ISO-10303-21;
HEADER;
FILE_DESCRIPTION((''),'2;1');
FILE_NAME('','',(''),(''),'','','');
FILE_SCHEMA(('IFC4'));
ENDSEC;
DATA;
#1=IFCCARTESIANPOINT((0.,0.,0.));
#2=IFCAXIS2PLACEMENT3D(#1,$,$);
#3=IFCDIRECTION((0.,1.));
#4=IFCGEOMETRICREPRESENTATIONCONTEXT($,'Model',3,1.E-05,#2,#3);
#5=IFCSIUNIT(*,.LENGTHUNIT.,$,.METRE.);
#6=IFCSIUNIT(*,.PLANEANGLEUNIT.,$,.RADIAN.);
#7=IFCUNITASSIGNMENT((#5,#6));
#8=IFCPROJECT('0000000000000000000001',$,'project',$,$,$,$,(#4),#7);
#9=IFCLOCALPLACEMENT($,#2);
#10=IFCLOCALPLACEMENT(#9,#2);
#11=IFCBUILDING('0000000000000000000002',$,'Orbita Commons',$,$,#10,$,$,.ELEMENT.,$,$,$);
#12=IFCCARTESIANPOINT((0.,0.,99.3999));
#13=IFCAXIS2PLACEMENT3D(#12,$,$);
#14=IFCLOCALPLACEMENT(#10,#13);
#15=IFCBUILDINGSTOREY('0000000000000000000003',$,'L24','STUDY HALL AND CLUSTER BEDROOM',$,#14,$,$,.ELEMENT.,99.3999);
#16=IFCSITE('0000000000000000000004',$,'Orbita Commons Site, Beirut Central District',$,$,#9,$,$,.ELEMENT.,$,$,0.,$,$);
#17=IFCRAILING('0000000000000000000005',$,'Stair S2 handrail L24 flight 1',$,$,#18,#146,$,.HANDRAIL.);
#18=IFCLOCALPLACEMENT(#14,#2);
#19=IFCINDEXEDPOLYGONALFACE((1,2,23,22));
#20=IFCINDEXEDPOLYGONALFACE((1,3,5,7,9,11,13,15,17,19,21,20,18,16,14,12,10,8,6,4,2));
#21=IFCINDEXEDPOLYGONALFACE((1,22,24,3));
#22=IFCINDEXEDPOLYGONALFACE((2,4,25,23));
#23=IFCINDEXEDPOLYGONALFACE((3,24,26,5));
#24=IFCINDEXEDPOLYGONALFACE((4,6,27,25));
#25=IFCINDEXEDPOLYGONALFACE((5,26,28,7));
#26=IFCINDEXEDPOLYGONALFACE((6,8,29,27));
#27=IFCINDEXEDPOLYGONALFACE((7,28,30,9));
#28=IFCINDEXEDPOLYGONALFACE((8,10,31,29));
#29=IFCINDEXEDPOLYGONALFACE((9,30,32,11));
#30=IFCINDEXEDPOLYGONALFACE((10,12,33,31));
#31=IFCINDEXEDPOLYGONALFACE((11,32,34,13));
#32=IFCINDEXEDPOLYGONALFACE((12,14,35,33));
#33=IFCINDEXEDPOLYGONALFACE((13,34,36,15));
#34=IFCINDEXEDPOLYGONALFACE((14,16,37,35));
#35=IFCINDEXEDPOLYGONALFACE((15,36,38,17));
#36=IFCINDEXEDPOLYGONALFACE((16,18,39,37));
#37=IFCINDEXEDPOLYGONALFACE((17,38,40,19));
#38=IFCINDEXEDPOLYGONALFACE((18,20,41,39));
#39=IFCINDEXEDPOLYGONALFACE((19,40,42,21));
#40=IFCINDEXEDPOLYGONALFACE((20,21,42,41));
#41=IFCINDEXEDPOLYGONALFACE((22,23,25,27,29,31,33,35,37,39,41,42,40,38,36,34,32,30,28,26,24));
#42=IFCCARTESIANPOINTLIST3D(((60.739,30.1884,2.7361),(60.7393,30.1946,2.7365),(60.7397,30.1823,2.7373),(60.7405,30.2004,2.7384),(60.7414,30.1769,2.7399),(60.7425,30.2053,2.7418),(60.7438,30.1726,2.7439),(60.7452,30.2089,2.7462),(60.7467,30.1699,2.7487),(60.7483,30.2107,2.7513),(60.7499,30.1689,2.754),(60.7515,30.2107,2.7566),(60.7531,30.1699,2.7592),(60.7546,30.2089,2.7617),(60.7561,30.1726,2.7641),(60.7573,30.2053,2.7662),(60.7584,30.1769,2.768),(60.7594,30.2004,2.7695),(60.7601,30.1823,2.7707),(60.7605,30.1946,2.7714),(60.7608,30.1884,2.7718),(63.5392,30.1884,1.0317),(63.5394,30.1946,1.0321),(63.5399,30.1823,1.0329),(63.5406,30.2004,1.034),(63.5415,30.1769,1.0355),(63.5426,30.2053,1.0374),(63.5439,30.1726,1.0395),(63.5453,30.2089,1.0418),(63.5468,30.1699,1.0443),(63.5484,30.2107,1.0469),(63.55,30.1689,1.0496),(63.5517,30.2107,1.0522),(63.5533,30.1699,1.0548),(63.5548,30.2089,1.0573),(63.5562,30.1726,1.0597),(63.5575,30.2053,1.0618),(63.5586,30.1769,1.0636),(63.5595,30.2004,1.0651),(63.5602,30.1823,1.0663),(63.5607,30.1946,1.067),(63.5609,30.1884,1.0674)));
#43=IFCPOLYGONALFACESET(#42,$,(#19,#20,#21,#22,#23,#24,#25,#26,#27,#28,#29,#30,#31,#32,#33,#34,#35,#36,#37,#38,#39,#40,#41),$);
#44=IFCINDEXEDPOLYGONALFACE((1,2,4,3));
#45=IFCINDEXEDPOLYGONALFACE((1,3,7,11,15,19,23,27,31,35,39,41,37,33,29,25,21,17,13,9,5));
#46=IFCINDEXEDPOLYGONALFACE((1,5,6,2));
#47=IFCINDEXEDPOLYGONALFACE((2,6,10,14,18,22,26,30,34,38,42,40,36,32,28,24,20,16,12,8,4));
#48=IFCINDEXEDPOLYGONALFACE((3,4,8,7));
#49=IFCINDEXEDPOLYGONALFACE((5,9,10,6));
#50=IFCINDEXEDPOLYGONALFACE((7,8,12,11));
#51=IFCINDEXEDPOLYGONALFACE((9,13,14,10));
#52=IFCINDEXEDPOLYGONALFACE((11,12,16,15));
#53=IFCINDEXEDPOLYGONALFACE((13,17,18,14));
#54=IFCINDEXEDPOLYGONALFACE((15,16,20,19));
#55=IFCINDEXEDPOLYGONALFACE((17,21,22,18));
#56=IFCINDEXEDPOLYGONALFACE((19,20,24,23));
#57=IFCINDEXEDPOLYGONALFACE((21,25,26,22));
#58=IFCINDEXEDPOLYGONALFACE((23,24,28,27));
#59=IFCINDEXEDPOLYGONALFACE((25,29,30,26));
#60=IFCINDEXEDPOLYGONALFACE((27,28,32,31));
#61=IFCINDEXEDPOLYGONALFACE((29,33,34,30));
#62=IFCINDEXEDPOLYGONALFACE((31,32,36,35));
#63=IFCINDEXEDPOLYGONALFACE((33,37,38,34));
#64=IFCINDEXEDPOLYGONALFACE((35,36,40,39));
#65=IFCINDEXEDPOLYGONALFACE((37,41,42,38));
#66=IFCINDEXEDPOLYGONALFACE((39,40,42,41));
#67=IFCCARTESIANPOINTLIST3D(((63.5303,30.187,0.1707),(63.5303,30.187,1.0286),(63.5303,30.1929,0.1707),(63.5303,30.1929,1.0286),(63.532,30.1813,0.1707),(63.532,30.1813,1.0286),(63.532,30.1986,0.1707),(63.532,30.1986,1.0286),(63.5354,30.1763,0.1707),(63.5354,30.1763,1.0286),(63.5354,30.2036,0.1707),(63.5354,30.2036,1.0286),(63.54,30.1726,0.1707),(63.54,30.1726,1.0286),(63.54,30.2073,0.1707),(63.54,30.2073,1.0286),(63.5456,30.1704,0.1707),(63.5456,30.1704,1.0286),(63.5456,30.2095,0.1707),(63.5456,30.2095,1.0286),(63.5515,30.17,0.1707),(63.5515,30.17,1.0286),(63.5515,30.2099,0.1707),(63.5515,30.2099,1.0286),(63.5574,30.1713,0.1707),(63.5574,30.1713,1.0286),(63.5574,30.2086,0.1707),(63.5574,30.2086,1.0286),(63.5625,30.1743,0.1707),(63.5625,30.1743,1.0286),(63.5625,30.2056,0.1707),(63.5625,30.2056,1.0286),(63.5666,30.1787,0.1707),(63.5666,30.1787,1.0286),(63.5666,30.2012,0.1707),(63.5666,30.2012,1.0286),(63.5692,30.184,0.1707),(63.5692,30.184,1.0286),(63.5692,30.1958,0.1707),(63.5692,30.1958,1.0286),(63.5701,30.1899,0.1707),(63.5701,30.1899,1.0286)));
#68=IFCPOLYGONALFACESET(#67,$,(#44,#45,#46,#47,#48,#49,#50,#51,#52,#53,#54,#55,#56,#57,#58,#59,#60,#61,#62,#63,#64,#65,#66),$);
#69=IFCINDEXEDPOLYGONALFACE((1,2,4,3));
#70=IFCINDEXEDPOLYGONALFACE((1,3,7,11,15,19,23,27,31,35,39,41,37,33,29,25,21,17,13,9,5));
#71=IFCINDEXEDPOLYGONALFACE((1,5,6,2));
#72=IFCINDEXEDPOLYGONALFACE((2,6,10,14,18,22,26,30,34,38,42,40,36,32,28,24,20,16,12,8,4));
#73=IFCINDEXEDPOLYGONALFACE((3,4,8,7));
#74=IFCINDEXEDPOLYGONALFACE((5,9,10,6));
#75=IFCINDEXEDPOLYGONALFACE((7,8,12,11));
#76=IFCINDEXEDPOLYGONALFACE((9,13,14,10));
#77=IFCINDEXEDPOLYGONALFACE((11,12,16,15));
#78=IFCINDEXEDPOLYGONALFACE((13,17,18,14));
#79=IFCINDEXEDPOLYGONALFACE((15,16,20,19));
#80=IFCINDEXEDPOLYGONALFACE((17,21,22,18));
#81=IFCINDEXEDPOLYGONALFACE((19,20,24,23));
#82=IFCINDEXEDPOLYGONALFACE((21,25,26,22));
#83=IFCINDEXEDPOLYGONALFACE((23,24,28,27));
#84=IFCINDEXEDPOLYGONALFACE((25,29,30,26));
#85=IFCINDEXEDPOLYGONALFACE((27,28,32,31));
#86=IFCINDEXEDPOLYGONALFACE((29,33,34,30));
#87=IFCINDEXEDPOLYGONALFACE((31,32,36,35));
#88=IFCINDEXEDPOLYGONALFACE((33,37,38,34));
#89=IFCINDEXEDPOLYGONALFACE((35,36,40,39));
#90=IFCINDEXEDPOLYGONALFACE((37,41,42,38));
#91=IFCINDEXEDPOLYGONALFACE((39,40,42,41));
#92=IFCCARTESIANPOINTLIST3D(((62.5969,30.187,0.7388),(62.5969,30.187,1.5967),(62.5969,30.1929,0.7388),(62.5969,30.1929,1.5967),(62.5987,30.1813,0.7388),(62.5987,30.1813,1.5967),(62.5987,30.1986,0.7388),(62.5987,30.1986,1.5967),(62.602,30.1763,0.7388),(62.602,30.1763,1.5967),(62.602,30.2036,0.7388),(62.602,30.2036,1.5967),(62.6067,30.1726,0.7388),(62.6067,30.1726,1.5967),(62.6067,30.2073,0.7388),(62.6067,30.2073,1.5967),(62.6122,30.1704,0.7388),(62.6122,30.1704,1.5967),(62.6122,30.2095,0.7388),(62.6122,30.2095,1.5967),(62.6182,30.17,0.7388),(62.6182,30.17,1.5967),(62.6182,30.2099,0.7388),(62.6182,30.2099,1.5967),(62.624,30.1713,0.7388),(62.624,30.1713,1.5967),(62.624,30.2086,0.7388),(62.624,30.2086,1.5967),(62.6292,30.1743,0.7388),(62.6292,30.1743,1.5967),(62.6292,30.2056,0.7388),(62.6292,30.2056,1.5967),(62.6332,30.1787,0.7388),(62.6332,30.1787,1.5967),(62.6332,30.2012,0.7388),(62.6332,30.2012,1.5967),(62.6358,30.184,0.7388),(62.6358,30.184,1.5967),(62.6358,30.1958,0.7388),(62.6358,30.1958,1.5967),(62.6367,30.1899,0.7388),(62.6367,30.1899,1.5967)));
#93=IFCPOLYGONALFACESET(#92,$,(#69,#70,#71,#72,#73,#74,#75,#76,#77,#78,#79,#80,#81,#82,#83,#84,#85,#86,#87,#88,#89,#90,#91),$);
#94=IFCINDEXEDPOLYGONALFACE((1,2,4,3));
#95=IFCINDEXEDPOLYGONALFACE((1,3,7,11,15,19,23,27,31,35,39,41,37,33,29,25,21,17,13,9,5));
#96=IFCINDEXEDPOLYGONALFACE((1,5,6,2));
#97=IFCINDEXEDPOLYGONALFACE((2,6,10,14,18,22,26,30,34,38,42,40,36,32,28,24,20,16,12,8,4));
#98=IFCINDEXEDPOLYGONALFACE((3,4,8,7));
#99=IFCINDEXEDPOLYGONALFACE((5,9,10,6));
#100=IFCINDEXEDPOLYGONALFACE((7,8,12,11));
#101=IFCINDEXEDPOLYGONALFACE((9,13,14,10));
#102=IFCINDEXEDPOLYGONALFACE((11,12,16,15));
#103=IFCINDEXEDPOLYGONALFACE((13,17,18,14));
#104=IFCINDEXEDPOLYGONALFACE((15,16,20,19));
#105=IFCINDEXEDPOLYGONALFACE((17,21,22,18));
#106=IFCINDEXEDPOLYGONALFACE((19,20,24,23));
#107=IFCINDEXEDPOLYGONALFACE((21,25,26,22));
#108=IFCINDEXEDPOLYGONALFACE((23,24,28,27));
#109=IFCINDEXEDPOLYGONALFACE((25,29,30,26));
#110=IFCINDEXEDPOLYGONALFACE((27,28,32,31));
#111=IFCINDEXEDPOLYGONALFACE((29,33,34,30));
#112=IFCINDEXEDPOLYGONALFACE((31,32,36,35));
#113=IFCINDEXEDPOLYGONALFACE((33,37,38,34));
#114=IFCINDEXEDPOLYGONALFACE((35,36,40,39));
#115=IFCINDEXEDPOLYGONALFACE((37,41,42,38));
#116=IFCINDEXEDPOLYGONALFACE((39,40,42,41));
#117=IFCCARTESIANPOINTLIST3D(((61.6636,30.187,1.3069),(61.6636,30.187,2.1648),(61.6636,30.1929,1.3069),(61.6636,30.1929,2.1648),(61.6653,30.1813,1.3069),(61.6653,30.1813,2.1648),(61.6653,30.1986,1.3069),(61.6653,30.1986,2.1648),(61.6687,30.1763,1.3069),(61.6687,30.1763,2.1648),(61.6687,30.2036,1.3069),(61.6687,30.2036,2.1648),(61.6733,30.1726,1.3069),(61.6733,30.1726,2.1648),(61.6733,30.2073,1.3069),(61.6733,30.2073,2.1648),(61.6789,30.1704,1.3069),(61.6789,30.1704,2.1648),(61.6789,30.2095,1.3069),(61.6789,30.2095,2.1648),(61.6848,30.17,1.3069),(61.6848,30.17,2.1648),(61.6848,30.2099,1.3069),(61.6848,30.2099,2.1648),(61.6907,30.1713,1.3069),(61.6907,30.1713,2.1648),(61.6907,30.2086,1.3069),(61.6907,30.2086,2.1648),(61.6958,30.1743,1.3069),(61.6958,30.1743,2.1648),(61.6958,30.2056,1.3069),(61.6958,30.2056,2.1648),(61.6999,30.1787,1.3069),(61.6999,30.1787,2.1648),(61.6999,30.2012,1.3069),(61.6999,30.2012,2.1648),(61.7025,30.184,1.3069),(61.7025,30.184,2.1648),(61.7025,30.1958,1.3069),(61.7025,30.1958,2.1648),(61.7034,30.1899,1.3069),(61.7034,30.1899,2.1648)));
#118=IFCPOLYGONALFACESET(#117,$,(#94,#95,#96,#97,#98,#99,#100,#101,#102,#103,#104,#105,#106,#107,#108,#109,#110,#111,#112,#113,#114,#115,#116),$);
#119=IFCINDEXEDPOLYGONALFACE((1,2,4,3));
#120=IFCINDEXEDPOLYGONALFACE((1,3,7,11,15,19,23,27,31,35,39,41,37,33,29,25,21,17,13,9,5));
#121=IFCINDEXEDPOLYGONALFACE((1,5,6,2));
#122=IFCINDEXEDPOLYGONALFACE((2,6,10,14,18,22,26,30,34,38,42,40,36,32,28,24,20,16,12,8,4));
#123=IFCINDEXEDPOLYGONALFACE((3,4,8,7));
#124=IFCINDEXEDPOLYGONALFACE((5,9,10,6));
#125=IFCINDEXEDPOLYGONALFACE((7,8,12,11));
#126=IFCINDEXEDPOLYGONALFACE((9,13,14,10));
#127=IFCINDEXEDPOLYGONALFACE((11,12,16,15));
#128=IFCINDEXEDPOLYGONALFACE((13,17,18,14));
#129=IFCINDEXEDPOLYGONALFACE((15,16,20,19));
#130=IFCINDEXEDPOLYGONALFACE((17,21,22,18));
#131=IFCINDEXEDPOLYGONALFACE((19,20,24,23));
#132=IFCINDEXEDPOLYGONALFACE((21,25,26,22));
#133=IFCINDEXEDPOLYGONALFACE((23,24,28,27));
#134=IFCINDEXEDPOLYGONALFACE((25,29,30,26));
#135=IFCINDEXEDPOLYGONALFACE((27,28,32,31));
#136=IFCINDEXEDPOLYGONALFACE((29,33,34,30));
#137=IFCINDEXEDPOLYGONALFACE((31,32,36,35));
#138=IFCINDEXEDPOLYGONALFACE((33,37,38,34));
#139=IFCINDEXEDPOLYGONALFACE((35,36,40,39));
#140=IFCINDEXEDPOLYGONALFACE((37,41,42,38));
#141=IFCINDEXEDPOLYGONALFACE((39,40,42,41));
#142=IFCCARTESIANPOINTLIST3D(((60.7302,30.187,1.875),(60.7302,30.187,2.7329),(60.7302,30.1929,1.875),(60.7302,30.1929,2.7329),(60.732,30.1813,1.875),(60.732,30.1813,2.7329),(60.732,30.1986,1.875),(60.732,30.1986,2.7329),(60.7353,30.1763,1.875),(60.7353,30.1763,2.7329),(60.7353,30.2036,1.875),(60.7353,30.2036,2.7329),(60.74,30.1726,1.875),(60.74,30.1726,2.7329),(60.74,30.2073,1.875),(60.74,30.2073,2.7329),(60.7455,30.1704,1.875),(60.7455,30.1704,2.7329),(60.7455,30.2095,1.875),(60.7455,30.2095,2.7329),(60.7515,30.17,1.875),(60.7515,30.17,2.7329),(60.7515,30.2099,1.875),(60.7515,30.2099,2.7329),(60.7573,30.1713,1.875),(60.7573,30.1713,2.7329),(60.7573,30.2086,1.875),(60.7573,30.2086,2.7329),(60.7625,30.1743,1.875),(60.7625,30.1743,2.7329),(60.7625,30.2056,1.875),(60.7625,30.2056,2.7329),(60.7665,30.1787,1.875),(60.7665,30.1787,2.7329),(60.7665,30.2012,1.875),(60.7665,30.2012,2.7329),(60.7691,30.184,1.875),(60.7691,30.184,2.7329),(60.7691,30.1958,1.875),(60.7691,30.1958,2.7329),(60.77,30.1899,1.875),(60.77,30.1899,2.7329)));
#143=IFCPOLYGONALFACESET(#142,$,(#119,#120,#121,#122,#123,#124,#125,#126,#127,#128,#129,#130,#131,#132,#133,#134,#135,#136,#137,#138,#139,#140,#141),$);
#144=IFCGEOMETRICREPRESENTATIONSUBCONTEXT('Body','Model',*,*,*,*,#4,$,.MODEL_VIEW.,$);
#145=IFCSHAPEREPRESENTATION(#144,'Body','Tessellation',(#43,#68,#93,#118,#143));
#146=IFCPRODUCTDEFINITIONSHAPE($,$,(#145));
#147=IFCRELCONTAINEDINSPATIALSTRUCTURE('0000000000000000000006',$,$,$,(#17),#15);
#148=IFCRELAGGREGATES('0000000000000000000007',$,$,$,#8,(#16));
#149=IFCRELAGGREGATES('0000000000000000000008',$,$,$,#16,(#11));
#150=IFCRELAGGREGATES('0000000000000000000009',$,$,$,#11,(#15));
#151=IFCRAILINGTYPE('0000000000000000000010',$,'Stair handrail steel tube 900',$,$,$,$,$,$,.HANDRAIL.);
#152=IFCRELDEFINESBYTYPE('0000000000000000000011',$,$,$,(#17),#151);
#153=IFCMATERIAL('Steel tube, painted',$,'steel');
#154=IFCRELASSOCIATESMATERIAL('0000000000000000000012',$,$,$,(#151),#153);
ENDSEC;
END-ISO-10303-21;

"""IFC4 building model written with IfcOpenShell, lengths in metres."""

from ifc_helpers import new_model, si_unit, direction, frame, origin, origin_2d, place, context, subcontext, project, spatial, circle, extrude, material, type_object, element, save


model = new_model("IFC4")

# Units and contexts
model_context = context("Model", 3, precision=1e-05, world=origin(), true_north=direction((0.0, 1.0)))
body_context = subcontext(model_context, "Body", "Model", "MODEL_VIEW")
ifc_project = project(units=[si_unit("LENGTHUNIT", "METRE"), si_unit("PLANEANGLEUNIT", "RADIAN")], contexts=[model_context])

# Site, building, storey
site_placement = place(None, origin())
site = spatial("IfcSite", under=ifc_project, at=site_placement, Name="Orbita Commons Site, Beirut Central District", CompositionType="ELEMENT", RefElevation=0.0)
building_placement = place(site_placement, origin())
building = spatial("IfcBuilding", under=site, at=building_placement, Name="Orbita Commons", CompositionType="ELEMENT")
storey_placement = place(building_placement, frame((0.0, 0.0, 99.3999)))
storey = spatial("IfcBuildingStorey", under=building, at=storey_placement, Name="L24", Description="STUDY HALL AND CLUSTER BEDROOM", CompositionType="ELEMENT", Elevation=99.3999)

# Railing
ifc_material_1 = material(Name="Steel tube, painted", Category="steel")
railing_type = type_object("IfcRailingType", Name="Stair handrail steel tube 900", PredefinedType="HANDRAIL", material=ifc_material_1)
for number, where, name in (
    (1, (63.55, 30.1899, 0.1707), "Stair S2 handrail L24 flight 1"),
):
    element("IfcRailing", number, at=place(storey_placement, frame(where)), inside=storey, type_object=railing_type, Name=name, PredefinedType="HANDRAIL", context=body_context, shape_type="SweptSolid", body=[
        extrude(circle(Radius=0.021, at=origin_2d()), frame((0.0, 0.0, 0.8789), z_axis=(-0.854203, 0.0, 0.51994), x_axis=(0.0, -1.0, 0.0)), (0.0, 0.0, 1.0), 3.2781),
        extrude(circle(Radius=0.02, at=origin_2d()), origin(), (0.0, 0.0, 1.0), 0.8579),
        extrude(circle(Radius=0.02, at=origin_2d()), frame((-0.9333, 0.0, 0.5681)), (0.0, 0.0, 1.0), 0.8579),
        extrude(circle(Radius=0.02, at=origin_2d()), frame((-1.8667, 0.0, 1.1362)), (0.0, 0.0, 1.0), 0.8579),
        extrude(circle(Radius=0.02, at=origin_2d()), frame((-2.8, 0.0, 1.7043)), (0.0, 0.0, 1.0), 0.8579),
    ])

save(model, "model.ifc")
